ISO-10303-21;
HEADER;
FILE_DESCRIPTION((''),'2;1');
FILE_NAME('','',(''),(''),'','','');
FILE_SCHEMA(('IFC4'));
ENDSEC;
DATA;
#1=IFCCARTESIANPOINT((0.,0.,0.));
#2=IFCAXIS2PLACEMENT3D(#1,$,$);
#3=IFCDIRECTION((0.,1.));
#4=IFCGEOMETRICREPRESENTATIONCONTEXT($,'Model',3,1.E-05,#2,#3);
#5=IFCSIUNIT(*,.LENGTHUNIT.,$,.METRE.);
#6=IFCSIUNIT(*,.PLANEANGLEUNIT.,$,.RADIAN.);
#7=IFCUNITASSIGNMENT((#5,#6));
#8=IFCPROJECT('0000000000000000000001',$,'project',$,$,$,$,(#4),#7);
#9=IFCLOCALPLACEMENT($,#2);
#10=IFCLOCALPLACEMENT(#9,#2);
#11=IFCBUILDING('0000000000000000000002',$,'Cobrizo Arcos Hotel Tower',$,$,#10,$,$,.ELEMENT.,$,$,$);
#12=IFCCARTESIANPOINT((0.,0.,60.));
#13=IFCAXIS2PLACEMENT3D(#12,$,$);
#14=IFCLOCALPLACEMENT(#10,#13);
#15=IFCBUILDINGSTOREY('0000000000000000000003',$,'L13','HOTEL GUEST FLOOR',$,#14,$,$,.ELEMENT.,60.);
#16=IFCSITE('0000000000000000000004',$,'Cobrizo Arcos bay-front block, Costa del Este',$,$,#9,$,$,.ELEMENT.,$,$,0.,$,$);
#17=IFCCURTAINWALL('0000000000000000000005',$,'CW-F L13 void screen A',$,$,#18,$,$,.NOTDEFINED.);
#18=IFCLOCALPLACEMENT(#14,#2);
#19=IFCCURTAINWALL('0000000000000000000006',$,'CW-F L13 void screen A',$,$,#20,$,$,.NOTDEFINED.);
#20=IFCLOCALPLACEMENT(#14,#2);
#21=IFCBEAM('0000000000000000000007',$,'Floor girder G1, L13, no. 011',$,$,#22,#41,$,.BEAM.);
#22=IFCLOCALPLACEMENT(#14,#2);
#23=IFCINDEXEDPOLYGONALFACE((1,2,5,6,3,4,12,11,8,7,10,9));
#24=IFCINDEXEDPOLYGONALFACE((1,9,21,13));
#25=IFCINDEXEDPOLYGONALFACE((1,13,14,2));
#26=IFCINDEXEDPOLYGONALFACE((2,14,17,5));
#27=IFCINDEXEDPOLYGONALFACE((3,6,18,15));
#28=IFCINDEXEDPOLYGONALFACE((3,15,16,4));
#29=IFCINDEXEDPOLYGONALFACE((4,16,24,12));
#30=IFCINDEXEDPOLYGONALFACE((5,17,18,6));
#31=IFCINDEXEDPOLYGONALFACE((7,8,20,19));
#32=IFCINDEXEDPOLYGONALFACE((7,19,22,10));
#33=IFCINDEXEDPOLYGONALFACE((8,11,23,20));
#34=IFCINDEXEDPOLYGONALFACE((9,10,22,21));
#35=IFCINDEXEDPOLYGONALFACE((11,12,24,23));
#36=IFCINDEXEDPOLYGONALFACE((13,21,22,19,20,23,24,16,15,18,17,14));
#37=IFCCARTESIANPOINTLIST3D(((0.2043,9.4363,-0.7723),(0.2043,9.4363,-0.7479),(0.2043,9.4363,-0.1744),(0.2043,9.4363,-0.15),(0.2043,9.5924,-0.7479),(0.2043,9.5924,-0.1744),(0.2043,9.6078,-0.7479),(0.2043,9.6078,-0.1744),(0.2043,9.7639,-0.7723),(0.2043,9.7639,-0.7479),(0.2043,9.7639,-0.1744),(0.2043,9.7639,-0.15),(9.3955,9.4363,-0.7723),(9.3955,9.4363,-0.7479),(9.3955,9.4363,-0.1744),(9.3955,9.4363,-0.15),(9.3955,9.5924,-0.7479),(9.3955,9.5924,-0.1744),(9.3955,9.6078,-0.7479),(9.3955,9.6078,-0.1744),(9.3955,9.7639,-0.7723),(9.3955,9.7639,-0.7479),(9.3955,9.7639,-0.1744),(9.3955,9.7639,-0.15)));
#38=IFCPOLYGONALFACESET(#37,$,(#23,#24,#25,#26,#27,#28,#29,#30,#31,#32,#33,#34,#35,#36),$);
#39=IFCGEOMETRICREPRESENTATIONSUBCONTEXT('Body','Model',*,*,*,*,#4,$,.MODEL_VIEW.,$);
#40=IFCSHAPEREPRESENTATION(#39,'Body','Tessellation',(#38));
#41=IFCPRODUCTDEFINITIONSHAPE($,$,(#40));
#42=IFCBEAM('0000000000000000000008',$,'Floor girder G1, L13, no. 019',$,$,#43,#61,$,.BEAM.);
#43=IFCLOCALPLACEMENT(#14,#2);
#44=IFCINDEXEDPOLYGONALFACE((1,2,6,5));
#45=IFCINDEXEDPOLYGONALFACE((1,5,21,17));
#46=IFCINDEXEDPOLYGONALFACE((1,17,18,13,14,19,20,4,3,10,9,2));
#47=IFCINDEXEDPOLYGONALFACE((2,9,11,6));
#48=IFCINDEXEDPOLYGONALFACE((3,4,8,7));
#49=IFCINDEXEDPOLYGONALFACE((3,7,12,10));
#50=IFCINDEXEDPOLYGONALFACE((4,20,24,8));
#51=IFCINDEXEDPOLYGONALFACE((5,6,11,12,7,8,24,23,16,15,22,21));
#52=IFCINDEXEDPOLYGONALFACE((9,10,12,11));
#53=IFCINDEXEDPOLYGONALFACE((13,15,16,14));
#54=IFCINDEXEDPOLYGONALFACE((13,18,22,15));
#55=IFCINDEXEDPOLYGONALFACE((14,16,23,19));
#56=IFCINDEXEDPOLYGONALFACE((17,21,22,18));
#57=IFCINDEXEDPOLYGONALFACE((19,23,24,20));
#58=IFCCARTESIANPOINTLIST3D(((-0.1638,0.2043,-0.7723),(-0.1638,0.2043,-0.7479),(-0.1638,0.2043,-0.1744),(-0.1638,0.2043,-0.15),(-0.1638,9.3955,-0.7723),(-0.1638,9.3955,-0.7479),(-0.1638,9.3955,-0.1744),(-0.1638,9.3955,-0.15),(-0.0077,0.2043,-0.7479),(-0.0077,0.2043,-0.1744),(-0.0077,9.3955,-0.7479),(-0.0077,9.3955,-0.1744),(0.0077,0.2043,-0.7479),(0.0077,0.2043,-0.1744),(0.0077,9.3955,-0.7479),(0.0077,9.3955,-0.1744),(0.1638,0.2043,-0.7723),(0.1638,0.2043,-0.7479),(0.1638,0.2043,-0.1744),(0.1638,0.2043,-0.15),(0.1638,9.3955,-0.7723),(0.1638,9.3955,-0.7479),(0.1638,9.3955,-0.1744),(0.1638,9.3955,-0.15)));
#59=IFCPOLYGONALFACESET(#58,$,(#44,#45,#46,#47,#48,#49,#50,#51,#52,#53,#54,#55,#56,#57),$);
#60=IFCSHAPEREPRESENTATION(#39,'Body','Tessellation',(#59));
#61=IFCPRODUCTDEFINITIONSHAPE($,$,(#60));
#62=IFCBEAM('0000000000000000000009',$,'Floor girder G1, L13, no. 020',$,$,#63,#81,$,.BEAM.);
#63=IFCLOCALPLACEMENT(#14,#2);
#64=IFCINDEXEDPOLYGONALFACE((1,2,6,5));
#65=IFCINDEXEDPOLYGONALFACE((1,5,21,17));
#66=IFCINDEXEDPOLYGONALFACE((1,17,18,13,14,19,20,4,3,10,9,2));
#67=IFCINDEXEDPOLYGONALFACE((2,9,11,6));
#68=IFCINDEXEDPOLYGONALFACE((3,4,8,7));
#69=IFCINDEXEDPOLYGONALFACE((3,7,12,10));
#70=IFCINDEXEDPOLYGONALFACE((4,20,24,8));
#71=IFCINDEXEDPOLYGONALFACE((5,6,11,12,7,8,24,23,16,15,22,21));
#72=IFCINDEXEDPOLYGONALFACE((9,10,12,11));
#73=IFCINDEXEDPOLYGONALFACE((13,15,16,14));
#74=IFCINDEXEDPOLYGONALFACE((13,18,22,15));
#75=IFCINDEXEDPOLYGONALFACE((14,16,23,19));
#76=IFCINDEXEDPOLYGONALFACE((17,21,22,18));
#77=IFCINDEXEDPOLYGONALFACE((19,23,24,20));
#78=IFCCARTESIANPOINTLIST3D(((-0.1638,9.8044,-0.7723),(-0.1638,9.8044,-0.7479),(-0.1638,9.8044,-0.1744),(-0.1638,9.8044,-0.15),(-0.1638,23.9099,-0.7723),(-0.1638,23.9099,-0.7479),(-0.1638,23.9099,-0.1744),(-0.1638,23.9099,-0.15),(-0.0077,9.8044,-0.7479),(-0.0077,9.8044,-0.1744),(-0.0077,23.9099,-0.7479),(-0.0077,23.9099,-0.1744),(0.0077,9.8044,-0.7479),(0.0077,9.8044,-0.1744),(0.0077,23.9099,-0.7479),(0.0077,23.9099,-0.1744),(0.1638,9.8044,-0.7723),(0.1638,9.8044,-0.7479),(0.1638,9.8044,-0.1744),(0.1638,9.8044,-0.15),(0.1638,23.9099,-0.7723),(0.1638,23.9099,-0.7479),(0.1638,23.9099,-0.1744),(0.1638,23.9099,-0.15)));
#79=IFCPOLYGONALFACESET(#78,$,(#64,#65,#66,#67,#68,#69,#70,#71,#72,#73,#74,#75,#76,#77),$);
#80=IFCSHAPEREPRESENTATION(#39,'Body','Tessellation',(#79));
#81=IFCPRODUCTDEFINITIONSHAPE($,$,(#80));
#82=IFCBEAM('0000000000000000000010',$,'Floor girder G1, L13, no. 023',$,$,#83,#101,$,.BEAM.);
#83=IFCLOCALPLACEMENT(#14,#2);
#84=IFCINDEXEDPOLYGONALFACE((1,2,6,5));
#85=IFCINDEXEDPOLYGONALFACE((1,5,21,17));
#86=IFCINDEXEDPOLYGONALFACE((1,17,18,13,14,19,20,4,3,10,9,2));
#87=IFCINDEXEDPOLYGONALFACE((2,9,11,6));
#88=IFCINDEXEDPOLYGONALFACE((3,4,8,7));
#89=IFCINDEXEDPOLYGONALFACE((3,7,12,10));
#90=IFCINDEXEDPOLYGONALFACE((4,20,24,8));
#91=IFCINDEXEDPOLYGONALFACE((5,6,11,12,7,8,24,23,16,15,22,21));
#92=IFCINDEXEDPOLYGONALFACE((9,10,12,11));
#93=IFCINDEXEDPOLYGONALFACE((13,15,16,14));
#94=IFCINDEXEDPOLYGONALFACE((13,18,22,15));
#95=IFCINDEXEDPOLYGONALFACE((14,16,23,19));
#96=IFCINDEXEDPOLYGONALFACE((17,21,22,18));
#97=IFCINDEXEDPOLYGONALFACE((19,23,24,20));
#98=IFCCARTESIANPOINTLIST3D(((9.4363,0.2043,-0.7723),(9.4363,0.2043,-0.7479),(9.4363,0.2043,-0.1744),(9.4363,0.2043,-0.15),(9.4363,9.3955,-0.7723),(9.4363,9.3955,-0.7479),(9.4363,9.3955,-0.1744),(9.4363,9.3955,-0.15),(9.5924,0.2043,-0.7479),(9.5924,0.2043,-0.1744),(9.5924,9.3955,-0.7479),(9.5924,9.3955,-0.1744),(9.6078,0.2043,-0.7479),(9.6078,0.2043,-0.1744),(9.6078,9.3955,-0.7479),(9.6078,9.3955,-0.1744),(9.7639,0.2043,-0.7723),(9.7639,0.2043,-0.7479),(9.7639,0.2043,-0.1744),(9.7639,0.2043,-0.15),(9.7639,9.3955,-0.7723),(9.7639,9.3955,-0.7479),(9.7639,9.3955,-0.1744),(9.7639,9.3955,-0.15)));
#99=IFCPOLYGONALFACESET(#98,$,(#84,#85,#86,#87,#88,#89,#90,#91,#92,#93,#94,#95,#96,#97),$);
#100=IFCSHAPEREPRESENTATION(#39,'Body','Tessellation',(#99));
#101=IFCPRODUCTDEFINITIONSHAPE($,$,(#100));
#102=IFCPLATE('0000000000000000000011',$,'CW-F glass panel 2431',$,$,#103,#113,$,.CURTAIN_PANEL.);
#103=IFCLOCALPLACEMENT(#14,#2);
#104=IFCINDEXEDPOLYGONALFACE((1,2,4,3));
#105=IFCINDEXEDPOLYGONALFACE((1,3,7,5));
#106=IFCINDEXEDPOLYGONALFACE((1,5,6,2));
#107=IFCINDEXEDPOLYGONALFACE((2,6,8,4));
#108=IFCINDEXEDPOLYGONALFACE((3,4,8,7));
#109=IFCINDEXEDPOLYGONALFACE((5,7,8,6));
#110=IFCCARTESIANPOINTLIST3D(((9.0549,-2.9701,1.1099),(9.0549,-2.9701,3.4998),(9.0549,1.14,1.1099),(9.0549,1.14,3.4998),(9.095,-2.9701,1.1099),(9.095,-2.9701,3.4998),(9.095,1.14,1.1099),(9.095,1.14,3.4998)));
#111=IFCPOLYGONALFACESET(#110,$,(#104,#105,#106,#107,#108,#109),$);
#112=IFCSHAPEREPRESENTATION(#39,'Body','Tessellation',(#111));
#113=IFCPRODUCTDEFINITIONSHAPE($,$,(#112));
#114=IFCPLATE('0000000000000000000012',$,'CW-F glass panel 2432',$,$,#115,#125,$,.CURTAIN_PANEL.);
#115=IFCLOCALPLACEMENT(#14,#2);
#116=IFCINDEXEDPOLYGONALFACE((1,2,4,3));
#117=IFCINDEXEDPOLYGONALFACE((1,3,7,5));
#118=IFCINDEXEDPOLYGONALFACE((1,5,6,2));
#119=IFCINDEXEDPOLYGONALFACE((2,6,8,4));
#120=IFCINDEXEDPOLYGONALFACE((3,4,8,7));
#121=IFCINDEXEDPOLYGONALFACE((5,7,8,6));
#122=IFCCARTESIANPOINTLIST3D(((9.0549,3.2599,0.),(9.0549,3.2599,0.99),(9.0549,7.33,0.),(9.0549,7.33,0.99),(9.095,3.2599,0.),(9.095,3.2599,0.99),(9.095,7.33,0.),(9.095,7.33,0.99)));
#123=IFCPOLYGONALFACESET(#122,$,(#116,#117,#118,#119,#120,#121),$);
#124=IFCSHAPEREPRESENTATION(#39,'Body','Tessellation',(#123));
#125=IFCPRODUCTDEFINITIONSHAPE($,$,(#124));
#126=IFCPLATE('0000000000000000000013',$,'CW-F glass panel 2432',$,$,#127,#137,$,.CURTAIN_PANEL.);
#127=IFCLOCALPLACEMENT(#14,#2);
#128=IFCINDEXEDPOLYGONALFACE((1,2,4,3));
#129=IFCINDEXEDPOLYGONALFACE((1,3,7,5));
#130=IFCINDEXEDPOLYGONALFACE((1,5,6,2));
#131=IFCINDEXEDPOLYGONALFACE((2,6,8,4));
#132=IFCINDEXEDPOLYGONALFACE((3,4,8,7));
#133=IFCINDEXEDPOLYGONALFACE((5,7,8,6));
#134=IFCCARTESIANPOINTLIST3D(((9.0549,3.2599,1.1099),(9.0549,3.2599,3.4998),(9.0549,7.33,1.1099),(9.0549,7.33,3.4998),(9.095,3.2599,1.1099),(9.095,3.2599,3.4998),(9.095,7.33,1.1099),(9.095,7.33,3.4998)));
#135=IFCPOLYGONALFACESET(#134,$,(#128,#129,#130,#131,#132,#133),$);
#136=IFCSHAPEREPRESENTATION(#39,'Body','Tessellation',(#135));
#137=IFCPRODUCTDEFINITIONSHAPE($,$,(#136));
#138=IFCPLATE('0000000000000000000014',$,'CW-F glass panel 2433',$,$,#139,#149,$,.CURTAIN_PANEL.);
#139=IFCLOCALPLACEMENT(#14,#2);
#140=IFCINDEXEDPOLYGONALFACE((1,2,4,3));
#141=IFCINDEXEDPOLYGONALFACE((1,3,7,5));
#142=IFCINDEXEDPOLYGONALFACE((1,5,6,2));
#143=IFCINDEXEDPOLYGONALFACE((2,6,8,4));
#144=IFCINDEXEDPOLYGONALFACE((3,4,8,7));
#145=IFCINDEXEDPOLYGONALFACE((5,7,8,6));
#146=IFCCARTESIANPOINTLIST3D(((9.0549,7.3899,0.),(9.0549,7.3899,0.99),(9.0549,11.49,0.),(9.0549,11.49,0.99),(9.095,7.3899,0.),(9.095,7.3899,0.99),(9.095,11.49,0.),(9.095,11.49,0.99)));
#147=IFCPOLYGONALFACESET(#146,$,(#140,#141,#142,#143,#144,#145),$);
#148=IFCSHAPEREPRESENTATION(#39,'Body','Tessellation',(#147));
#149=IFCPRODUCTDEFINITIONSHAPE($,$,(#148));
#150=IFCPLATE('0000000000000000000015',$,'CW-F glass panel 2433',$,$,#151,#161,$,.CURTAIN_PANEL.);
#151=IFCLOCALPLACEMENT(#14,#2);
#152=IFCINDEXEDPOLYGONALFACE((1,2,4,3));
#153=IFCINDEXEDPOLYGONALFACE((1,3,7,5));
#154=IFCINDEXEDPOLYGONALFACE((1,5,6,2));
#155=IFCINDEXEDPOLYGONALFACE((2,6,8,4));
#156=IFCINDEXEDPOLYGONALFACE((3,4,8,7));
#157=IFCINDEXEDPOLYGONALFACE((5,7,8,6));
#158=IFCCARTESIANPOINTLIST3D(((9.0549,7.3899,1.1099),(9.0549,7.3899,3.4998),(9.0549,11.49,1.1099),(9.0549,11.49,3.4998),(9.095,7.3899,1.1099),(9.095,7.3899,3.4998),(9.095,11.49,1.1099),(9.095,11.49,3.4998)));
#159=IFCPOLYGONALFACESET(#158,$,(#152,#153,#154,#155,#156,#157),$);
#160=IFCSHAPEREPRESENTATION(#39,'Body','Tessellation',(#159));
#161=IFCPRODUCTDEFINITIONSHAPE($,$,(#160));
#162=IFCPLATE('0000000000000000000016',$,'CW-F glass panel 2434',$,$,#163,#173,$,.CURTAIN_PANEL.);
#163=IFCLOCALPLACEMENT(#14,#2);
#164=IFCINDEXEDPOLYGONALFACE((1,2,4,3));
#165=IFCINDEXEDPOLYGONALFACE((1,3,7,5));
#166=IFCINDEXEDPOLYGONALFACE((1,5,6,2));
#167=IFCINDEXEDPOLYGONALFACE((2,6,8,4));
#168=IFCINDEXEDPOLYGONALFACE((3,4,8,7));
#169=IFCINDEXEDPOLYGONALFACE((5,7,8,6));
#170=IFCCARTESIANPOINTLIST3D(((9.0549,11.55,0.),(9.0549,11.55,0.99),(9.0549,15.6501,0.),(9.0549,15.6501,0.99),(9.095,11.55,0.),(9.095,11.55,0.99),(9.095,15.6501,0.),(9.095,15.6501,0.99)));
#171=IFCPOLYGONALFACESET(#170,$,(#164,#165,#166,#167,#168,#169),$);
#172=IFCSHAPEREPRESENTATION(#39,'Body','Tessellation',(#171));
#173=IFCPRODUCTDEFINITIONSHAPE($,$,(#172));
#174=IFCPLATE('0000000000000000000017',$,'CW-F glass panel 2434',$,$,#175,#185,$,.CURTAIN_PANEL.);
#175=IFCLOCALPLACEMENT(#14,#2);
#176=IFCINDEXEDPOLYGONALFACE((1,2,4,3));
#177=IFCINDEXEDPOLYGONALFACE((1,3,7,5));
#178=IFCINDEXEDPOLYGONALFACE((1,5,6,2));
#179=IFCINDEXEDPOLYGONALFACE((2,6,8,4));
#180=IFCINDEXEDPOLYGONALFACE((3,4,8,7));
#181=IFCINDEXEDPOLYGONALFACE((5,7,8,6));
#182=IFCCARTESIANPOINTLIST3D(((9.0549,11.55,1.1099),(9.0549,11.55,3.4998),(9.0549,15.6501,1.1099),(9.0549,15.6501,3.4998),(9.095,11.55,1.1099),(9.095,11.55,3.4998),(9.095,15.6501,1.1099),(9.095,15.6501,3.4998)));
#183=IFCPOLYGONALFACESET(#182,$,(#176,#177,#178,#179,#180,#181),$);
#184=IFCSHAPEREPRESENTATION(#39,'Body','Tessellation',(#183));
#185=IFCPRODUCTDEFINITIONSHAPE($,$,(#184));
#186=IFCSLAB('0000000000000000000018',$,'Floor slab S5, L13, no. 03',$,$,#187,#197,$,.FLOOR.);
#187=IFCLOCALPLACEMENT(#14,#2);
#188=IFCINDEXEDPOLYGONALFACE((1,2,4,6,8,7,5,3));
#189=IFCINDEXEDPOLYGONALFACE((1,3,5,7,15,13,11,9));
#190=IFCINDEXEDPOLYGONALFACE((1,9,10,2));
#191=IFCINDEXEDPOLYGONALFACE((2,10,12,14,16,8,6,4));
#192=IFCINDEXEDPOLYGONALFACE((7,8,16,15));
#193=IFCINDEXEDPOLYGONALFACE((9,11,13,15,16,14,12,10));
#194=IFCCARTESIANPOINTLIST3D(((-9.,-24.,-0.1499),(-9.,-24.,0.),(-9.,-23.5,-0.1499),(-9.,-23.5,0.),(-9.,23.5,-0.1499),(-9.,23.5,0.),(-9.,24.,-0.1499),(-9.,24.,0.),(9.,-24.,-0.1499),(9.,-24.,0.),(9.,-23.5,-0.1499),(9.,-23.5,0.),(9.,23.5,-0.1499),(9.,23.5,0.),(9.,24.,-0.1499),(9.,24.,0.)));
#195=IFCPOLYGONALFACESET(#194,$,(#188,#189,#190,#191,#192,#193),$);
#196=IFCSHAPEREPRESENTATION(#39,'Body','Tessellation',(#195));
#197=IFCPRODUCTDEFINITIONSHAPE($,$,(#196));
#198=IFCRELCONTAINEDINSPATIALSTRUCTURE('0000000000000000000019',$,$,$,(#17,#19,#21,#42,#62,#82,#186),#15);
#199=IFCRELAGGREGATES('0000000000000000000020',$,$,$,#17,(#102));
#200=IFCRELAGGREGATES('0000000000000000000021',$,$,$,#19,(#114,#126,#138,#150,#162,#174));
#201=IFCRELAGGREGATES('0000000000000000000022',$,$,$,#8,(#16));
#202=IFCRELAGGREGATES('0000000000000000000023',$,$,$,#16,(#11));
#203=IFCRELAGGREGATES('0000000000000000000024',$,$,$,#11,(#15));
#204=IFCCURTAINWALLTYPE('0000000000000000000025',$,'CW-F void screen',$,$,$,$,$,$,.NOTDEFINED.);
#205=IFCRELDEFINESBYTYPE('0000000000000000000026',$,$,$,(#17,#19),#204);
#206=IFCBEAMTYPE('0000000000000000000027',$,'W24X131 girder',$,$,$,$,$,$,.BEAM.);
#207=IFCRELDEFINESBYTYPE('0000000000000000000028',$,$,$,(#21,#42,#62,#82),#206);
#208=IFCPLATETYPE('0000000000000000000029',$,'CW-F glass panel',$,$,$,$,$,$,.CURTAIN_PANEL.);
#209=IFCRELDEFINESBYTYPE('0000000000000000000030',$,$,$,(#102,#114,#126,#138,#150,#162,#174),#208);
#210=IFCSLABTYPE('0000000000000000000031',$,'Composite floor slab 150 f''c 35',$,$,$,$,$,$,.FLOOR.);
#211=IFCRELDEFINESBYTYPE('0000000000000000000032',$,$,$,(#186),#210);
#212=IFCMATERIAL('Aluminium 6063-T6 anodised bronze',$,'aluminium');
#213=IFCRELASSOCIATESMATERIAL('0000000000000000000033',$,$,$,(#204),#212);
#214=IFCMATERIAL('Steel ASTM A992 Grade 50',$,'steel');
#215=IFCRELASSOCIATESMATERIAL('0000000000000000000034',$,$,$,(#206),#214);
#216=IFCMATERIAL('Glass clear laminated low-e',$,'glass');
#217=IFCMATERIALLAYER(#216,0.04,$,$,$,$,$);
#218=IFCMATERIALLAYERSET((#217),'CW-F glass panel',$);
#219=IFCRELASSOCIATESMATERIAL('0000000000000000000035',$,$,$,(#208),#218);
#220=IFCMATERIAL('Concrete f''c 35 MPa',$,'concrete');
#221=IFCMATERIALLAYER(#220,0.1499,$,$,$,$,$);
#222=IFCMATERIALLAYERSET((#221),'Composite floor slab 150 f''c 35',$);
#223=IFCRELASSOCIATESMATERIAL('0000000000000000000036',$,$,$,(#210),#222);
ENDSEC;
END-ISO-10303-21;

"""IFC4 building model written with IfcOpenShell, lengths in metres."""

from ifc_helpers import new_model, si_unit, direction, frame, origin, origin_2d, place, context, subcontext, project, spatial, polyline, rectangle, i_section, outline, extrude, material, layer, layer_set, material_profile, profile_set, type_object, element, aggregate, save


model = new_model("IFC4")

# Units and contexts
model_context = context("Model", 3, precision=1e-05, world=origin(), true_north=direction((0.0, 1.0)))
body_context = subcontext(model_context, "Body", "Model", "MODEL_VIEW")
ifc_project = project(units=[si_unit("LENGTHUNIT", "METRE"), si_unit("PLANEANGLEUNIT", "RADIAN")], contexts=[model_context])

# Site, building, storey
site_placement = place(None, origin())
site = spatial("IfcSite", under=ifc_project, at=site_placement, Name="Cobrizo Arcos bay-front block, Costa del Este", CompositionType="ELEMENT", RefElevation=0.0)
building_placement = place(site_placement, origin())
building = spatial("IfcBuilding", under=site, at=building_placement, Name="Cobrizo Arcos Hotel Tower", CompositionType="ELEMENT")
storey_placement = place(building_placement, frame((0.0, 0.0, 60.0)))
storey = spatial("IfcBuildingStorey", under=building, at=storey_placement, Name="L13", Description="HOTEL GUEST FLOOR", CompositionType="ELEMENT", Elevation=60.0)

# Shared definitions
ifc_material_1 = material(Name="Steel ASTM A992 Grade 50", Category="steel")

# Curtain wall
ifc_material_2 = material(Name="Aluminium 6063-T6 anodised bronze", Category="aluminium")
curtain_wall_type = type_object("IfcCurtainWallType", Name="CW-F void screen", PredefinedType="NOTDEFINED", material=ifc_material_2)
curtain_wall_1_placement = place(storey_placement, origin())
curtain_wall_1 = element("IfcCurtainWall", 1, at=curtain_wall_1_placement, inside=storey, type_object=curtain_wall_type, Name="CW-F L13 void screen A", PredefinedType="NOTDEFINED")

# Curtain wall
curtain_wall_2_placement = place(storey_placement, origin())
curtain_wall_2 = element("IfcCurtainWall", 2, at=curtain_wall_2_placement, inside=storey, type_object=curtain_wall_type, Name="CW-F L13 void screen A", PredefinedType="NOTDEFINED")

# Beams
ifc_material_profile_1 = material_profile(ifc_material_1, i_section(OverallWidth=0.3276, OverallDepth=0.6223, WebThickness=0.0154, FlangeThickness=0.0244, at=origin_2d()), Name="W24X131")
ifc_profile_set_1 = profile_set([ifc_material_profile_1], Name="Steel ASTM A992 Grade 50")
beam_type_1 = type_object("IfcBeamType", Name="W24X131 girder", PredefinedType="BEAM", material=ifc_profile_set_1)
for number, where, z_axis, x_axis, name in (
    (3, (0.2043, 9.6001, -0.4612), (1.0, 0.0, 0.0), (0.0, 1.0, 0.0), "Floor girder G1, L13, no. 011"),
    (4, (0.0, 0.2043, -0.4612), (0.0, 1.0, 0.0), (-1.0, 0.0, 0.0), "Floor girder G1, L13, no. 019"),
):
    element("IfcBeam", number, at=place(storey_placement, frame(where, z_axis=z_axis, x_axis=x_axis)), inside=storey, type_object=beam_type_1, Name=name, PredefinedType="BEAM", context=body_context, shape_type="SweptSolid", body=[
        extrude(i_section(OverallWidth=0.3276, OverallDepth=0.6223, WebThickness=0.0154, FlangeThickness=0.0244, at=origin_2d()), origin(), (0.0, 0.0, 1.0), 9.1912),
    ])
beam_1_placement = place(storey_placement, frame((0.0, 9.8044, -0.4612), z_axis=(0.0, 1.0, 0.0), x_axis=(-1.0, 0.0, 0.0)))
element("IfcBeam", 5, at=beam_1_placement, inside=storey, type_object=beam_type_1, Name="Floor girder G1, L13, no. 020", PredefinedType="BEAM", context=body_context, shape_type="SweptSolid", body=[
    extrude(i_section(OverallWidth=0.3276, OverallDepth=0.6223, WebThickness=0.0154, FlangeThickness=0.0244, at=origin_2d()), origin(), (0.0, 0.0, 1.0), 14.1055),
])
beam_2_placement = place(storey_placement, frame((9.6001, 0.2043, -0.4612), z_axis=(0.0, 1.0, 0.0), x_axis=(-1.0, 0.0, 0.0)))
element("IfcBeam", 6, at=beam_2_placement, inside=storey, type_object=beam_type_1, Name="Floor girder G1, L13, no. 023", PredefinedType="BEAM", context=body_context, shape_type="SweptSolid", body=[
    extrude(i_section(OverallWidth=0.3276, OverallDepth=0.6223, WebThickness=0.0154, FlangeThickness=0.0244, at=origin_2d()), origin(), (0.0, 0.0, 1.0), 9.1912),
])

# Plates
ifc_material_3 = material(Name="Glass clear laminated low-e", Category="glass")
ifc_layer_1 = layer(ifc_material_3, 0.04)
ifc_layer_set_1 = layer_set([ifc_layer_1], Name="CW-F glass panel")
plate_type = type_object("IfcPlateType", Name="CW-F glass panel", PredefinedType="CURTAIN_PANEL", material=ifc_layer_set_1)
plate_1_placement = place(storey_placement, frame((9.075, -0.915, 1.1099), z_axis=(0.0, 0.0, 1.0), x_axis=(0.0, 1.0, 0.0)))
plate_1 = element("IfcPlate", 7, at=plate_1_placement, type_object=plate_type, Name="CW-F glass panel 2431", PredefinedType="CURTAIN_PANEL", context=body_context, shape_type="SweptSolid", body=[
    extrude(rectangle(XDim=4.1101, YDim=0.04, at=origin_2d()), origin(), (0.0, 0.0, 1.0), 2.3899),
])
aggregate(curtain_wall_1, [plate_1])
plate_2_placement = place(storey_placement, frame((9.075, 5.2949, 0.0), z_axis=(0.0, 0.0, 1.0), x_axis=(0.0, 1.0, 0.0)))
plate_2 = element("IfcPlate", 8, at=plate_2_placement, type_object=plate_type, Name="CW-F glass panel 2432", PredefinedType="CURTAIN_PANEL", context=body_context, shape_type="SweptSolid", body=[
    extrude(rectangle(XDim=4.0701, YDim=0.04, at=origin_2d()), origin(), (0.0, 0.0, 1.0), 0.99),
])
plate_3_placement = place(storey_placement, frame((9.075, 5.2949, 1.1099), z_axis=(0.0, 0.0, 1.0), x_axis=(0.0, 1.0, 0.0)))
plate_3 = element("IfcPlate", 9, at=plate_3_placement, type_object=plate_type, Name="CW-F glass panel 2432", PredefinedType="CURTAIN_PANEL", context=body_context, shape_type="SweptSolid", body=[
    extrude(rectangle(XDim=4.0701, YDim=0.04, at=origin_2d()), origin(), (0.0, 0.0, 1.0), 2.3899),
])
plate_4_placement = place(storey_placement, frame((9.075, 9.4399, 0.0), z_axis=(0.0, 0.0, 1.0), x_axis=(0.0, 1.0, 0.0)))
plate_4 = element("IfcPlate", 10, at=plate_4_placement, type_object=plate_type, Name="CW-F glass panel 2433", PredefinedType="CURTAIN_PANEL", context=body_context, shape_type="SweptSolid", body=[
    extrude(rectangle(XDim=4.1001, YDim=0.04, at=origin_2d()), origin(), (0.0, 0.0, 1.0), 0.99),
])
plate_5_placement = place(storey_placement, frame((9.075, 9.4399, 1.1099), z_axis=(0.0, 0.0, 1.0), x_axis=(0.0, 1.0, 0.0)))
plate_5 = element("IfcPlate", 11, at=plate_5_placement, type_object=plate_type, Name="CW-F glass panel 2433", PredefinedType="CURTAIN_PANEL", context=body_context, shape_type="SweptSolid", body=[
    extrude(rectangle(XDim=4.1001, YDim=0.04, at=origin_2d()), origin(), (0.0, 0.0, 1.0), 2.3899),
])
plate_6_placement = place(storey_placement, frame((9.075, 13.6001, 0.0), z_axis=(0.0, 0.0, 1.0), x_axis=(0.0, 1.0, 0.0)))
plate_6 = element("IfcPlate", 12, at=plate_6_placement, type_object=plate_type, Name="CW-F glass panel 2434", PredefinedType="CURTAIN_PANEL", context=body_context, shape_type="SweptSolid", body=[
    extrude(rectangle(XDim=4.1001, YDim=0.04, at=origin_2d()), origin(), (0.0, 0.0, 1.0), 0.99),
])
plate_7_placement = place(storey_placement, frame((9.075, 13.6001, 1.1099), z_axis=(0.0, 0.0, 1.0), x_axis=(0.0, 1.0, 0.0)))
plate_7 = element("IfcPlate", 13, at=plate_7_placement, type_object=plate_type, Name="CW-F glass panel 2434", PredefinedType="CURTAIN_PANEL", context=body_context, shape_type="SweptSolid", body=[
    extrude(rectangle(XDim=4.1001, YDim=0.04, at=origin_2d()), origin(), (0.0, 0.0, 1.0), 2.3899),
])
aggregate(curtain_wall_2, [plate_2, plate_3, plate_4, plate_5, plate_6, plate_7])

# Slab
ifc_material_4 = material(Name="Concrete f'c 35 MPa", Category="concrete")
ifc_layer_2 = layer(ifc_material_4, 0.1499)
ifc_layer_set_2 = layer_set([ifc_layer_2], Name="Composite floor slab 150 f'c 35")
slab_type_1 = type_object("IfcSlabType", Name="Composite floor slab 150 f'c 35", PredefinedType="FLOOR", material=ifc_layer_set_2)
slab_1_placement = place(storey_placement, frame((0.0, 0.0, -0.1499)))
element("IfcSlab", 14, at=slab_1_placement, inside=storey, type_object=slab_type_1, Name="Floor slab S5, L13, no. 03", PredefinedType="FLOOR", context=body_context, shape_type="SweptSolid", body=[
    extrude(outline(polyline([(-9.0, 24.0), (9.0, 24.0), (9.0, 23.5), (9.0, -23.5), (9.0, -24.0), (-9.0, -24.0), (-9.0, -23.5), (-9.0, 23.5), (-9.0, 24.0)])), origin(), (0.0, 0.0, 1.0), 0.1499),
])

save(model, "model.ifc")
